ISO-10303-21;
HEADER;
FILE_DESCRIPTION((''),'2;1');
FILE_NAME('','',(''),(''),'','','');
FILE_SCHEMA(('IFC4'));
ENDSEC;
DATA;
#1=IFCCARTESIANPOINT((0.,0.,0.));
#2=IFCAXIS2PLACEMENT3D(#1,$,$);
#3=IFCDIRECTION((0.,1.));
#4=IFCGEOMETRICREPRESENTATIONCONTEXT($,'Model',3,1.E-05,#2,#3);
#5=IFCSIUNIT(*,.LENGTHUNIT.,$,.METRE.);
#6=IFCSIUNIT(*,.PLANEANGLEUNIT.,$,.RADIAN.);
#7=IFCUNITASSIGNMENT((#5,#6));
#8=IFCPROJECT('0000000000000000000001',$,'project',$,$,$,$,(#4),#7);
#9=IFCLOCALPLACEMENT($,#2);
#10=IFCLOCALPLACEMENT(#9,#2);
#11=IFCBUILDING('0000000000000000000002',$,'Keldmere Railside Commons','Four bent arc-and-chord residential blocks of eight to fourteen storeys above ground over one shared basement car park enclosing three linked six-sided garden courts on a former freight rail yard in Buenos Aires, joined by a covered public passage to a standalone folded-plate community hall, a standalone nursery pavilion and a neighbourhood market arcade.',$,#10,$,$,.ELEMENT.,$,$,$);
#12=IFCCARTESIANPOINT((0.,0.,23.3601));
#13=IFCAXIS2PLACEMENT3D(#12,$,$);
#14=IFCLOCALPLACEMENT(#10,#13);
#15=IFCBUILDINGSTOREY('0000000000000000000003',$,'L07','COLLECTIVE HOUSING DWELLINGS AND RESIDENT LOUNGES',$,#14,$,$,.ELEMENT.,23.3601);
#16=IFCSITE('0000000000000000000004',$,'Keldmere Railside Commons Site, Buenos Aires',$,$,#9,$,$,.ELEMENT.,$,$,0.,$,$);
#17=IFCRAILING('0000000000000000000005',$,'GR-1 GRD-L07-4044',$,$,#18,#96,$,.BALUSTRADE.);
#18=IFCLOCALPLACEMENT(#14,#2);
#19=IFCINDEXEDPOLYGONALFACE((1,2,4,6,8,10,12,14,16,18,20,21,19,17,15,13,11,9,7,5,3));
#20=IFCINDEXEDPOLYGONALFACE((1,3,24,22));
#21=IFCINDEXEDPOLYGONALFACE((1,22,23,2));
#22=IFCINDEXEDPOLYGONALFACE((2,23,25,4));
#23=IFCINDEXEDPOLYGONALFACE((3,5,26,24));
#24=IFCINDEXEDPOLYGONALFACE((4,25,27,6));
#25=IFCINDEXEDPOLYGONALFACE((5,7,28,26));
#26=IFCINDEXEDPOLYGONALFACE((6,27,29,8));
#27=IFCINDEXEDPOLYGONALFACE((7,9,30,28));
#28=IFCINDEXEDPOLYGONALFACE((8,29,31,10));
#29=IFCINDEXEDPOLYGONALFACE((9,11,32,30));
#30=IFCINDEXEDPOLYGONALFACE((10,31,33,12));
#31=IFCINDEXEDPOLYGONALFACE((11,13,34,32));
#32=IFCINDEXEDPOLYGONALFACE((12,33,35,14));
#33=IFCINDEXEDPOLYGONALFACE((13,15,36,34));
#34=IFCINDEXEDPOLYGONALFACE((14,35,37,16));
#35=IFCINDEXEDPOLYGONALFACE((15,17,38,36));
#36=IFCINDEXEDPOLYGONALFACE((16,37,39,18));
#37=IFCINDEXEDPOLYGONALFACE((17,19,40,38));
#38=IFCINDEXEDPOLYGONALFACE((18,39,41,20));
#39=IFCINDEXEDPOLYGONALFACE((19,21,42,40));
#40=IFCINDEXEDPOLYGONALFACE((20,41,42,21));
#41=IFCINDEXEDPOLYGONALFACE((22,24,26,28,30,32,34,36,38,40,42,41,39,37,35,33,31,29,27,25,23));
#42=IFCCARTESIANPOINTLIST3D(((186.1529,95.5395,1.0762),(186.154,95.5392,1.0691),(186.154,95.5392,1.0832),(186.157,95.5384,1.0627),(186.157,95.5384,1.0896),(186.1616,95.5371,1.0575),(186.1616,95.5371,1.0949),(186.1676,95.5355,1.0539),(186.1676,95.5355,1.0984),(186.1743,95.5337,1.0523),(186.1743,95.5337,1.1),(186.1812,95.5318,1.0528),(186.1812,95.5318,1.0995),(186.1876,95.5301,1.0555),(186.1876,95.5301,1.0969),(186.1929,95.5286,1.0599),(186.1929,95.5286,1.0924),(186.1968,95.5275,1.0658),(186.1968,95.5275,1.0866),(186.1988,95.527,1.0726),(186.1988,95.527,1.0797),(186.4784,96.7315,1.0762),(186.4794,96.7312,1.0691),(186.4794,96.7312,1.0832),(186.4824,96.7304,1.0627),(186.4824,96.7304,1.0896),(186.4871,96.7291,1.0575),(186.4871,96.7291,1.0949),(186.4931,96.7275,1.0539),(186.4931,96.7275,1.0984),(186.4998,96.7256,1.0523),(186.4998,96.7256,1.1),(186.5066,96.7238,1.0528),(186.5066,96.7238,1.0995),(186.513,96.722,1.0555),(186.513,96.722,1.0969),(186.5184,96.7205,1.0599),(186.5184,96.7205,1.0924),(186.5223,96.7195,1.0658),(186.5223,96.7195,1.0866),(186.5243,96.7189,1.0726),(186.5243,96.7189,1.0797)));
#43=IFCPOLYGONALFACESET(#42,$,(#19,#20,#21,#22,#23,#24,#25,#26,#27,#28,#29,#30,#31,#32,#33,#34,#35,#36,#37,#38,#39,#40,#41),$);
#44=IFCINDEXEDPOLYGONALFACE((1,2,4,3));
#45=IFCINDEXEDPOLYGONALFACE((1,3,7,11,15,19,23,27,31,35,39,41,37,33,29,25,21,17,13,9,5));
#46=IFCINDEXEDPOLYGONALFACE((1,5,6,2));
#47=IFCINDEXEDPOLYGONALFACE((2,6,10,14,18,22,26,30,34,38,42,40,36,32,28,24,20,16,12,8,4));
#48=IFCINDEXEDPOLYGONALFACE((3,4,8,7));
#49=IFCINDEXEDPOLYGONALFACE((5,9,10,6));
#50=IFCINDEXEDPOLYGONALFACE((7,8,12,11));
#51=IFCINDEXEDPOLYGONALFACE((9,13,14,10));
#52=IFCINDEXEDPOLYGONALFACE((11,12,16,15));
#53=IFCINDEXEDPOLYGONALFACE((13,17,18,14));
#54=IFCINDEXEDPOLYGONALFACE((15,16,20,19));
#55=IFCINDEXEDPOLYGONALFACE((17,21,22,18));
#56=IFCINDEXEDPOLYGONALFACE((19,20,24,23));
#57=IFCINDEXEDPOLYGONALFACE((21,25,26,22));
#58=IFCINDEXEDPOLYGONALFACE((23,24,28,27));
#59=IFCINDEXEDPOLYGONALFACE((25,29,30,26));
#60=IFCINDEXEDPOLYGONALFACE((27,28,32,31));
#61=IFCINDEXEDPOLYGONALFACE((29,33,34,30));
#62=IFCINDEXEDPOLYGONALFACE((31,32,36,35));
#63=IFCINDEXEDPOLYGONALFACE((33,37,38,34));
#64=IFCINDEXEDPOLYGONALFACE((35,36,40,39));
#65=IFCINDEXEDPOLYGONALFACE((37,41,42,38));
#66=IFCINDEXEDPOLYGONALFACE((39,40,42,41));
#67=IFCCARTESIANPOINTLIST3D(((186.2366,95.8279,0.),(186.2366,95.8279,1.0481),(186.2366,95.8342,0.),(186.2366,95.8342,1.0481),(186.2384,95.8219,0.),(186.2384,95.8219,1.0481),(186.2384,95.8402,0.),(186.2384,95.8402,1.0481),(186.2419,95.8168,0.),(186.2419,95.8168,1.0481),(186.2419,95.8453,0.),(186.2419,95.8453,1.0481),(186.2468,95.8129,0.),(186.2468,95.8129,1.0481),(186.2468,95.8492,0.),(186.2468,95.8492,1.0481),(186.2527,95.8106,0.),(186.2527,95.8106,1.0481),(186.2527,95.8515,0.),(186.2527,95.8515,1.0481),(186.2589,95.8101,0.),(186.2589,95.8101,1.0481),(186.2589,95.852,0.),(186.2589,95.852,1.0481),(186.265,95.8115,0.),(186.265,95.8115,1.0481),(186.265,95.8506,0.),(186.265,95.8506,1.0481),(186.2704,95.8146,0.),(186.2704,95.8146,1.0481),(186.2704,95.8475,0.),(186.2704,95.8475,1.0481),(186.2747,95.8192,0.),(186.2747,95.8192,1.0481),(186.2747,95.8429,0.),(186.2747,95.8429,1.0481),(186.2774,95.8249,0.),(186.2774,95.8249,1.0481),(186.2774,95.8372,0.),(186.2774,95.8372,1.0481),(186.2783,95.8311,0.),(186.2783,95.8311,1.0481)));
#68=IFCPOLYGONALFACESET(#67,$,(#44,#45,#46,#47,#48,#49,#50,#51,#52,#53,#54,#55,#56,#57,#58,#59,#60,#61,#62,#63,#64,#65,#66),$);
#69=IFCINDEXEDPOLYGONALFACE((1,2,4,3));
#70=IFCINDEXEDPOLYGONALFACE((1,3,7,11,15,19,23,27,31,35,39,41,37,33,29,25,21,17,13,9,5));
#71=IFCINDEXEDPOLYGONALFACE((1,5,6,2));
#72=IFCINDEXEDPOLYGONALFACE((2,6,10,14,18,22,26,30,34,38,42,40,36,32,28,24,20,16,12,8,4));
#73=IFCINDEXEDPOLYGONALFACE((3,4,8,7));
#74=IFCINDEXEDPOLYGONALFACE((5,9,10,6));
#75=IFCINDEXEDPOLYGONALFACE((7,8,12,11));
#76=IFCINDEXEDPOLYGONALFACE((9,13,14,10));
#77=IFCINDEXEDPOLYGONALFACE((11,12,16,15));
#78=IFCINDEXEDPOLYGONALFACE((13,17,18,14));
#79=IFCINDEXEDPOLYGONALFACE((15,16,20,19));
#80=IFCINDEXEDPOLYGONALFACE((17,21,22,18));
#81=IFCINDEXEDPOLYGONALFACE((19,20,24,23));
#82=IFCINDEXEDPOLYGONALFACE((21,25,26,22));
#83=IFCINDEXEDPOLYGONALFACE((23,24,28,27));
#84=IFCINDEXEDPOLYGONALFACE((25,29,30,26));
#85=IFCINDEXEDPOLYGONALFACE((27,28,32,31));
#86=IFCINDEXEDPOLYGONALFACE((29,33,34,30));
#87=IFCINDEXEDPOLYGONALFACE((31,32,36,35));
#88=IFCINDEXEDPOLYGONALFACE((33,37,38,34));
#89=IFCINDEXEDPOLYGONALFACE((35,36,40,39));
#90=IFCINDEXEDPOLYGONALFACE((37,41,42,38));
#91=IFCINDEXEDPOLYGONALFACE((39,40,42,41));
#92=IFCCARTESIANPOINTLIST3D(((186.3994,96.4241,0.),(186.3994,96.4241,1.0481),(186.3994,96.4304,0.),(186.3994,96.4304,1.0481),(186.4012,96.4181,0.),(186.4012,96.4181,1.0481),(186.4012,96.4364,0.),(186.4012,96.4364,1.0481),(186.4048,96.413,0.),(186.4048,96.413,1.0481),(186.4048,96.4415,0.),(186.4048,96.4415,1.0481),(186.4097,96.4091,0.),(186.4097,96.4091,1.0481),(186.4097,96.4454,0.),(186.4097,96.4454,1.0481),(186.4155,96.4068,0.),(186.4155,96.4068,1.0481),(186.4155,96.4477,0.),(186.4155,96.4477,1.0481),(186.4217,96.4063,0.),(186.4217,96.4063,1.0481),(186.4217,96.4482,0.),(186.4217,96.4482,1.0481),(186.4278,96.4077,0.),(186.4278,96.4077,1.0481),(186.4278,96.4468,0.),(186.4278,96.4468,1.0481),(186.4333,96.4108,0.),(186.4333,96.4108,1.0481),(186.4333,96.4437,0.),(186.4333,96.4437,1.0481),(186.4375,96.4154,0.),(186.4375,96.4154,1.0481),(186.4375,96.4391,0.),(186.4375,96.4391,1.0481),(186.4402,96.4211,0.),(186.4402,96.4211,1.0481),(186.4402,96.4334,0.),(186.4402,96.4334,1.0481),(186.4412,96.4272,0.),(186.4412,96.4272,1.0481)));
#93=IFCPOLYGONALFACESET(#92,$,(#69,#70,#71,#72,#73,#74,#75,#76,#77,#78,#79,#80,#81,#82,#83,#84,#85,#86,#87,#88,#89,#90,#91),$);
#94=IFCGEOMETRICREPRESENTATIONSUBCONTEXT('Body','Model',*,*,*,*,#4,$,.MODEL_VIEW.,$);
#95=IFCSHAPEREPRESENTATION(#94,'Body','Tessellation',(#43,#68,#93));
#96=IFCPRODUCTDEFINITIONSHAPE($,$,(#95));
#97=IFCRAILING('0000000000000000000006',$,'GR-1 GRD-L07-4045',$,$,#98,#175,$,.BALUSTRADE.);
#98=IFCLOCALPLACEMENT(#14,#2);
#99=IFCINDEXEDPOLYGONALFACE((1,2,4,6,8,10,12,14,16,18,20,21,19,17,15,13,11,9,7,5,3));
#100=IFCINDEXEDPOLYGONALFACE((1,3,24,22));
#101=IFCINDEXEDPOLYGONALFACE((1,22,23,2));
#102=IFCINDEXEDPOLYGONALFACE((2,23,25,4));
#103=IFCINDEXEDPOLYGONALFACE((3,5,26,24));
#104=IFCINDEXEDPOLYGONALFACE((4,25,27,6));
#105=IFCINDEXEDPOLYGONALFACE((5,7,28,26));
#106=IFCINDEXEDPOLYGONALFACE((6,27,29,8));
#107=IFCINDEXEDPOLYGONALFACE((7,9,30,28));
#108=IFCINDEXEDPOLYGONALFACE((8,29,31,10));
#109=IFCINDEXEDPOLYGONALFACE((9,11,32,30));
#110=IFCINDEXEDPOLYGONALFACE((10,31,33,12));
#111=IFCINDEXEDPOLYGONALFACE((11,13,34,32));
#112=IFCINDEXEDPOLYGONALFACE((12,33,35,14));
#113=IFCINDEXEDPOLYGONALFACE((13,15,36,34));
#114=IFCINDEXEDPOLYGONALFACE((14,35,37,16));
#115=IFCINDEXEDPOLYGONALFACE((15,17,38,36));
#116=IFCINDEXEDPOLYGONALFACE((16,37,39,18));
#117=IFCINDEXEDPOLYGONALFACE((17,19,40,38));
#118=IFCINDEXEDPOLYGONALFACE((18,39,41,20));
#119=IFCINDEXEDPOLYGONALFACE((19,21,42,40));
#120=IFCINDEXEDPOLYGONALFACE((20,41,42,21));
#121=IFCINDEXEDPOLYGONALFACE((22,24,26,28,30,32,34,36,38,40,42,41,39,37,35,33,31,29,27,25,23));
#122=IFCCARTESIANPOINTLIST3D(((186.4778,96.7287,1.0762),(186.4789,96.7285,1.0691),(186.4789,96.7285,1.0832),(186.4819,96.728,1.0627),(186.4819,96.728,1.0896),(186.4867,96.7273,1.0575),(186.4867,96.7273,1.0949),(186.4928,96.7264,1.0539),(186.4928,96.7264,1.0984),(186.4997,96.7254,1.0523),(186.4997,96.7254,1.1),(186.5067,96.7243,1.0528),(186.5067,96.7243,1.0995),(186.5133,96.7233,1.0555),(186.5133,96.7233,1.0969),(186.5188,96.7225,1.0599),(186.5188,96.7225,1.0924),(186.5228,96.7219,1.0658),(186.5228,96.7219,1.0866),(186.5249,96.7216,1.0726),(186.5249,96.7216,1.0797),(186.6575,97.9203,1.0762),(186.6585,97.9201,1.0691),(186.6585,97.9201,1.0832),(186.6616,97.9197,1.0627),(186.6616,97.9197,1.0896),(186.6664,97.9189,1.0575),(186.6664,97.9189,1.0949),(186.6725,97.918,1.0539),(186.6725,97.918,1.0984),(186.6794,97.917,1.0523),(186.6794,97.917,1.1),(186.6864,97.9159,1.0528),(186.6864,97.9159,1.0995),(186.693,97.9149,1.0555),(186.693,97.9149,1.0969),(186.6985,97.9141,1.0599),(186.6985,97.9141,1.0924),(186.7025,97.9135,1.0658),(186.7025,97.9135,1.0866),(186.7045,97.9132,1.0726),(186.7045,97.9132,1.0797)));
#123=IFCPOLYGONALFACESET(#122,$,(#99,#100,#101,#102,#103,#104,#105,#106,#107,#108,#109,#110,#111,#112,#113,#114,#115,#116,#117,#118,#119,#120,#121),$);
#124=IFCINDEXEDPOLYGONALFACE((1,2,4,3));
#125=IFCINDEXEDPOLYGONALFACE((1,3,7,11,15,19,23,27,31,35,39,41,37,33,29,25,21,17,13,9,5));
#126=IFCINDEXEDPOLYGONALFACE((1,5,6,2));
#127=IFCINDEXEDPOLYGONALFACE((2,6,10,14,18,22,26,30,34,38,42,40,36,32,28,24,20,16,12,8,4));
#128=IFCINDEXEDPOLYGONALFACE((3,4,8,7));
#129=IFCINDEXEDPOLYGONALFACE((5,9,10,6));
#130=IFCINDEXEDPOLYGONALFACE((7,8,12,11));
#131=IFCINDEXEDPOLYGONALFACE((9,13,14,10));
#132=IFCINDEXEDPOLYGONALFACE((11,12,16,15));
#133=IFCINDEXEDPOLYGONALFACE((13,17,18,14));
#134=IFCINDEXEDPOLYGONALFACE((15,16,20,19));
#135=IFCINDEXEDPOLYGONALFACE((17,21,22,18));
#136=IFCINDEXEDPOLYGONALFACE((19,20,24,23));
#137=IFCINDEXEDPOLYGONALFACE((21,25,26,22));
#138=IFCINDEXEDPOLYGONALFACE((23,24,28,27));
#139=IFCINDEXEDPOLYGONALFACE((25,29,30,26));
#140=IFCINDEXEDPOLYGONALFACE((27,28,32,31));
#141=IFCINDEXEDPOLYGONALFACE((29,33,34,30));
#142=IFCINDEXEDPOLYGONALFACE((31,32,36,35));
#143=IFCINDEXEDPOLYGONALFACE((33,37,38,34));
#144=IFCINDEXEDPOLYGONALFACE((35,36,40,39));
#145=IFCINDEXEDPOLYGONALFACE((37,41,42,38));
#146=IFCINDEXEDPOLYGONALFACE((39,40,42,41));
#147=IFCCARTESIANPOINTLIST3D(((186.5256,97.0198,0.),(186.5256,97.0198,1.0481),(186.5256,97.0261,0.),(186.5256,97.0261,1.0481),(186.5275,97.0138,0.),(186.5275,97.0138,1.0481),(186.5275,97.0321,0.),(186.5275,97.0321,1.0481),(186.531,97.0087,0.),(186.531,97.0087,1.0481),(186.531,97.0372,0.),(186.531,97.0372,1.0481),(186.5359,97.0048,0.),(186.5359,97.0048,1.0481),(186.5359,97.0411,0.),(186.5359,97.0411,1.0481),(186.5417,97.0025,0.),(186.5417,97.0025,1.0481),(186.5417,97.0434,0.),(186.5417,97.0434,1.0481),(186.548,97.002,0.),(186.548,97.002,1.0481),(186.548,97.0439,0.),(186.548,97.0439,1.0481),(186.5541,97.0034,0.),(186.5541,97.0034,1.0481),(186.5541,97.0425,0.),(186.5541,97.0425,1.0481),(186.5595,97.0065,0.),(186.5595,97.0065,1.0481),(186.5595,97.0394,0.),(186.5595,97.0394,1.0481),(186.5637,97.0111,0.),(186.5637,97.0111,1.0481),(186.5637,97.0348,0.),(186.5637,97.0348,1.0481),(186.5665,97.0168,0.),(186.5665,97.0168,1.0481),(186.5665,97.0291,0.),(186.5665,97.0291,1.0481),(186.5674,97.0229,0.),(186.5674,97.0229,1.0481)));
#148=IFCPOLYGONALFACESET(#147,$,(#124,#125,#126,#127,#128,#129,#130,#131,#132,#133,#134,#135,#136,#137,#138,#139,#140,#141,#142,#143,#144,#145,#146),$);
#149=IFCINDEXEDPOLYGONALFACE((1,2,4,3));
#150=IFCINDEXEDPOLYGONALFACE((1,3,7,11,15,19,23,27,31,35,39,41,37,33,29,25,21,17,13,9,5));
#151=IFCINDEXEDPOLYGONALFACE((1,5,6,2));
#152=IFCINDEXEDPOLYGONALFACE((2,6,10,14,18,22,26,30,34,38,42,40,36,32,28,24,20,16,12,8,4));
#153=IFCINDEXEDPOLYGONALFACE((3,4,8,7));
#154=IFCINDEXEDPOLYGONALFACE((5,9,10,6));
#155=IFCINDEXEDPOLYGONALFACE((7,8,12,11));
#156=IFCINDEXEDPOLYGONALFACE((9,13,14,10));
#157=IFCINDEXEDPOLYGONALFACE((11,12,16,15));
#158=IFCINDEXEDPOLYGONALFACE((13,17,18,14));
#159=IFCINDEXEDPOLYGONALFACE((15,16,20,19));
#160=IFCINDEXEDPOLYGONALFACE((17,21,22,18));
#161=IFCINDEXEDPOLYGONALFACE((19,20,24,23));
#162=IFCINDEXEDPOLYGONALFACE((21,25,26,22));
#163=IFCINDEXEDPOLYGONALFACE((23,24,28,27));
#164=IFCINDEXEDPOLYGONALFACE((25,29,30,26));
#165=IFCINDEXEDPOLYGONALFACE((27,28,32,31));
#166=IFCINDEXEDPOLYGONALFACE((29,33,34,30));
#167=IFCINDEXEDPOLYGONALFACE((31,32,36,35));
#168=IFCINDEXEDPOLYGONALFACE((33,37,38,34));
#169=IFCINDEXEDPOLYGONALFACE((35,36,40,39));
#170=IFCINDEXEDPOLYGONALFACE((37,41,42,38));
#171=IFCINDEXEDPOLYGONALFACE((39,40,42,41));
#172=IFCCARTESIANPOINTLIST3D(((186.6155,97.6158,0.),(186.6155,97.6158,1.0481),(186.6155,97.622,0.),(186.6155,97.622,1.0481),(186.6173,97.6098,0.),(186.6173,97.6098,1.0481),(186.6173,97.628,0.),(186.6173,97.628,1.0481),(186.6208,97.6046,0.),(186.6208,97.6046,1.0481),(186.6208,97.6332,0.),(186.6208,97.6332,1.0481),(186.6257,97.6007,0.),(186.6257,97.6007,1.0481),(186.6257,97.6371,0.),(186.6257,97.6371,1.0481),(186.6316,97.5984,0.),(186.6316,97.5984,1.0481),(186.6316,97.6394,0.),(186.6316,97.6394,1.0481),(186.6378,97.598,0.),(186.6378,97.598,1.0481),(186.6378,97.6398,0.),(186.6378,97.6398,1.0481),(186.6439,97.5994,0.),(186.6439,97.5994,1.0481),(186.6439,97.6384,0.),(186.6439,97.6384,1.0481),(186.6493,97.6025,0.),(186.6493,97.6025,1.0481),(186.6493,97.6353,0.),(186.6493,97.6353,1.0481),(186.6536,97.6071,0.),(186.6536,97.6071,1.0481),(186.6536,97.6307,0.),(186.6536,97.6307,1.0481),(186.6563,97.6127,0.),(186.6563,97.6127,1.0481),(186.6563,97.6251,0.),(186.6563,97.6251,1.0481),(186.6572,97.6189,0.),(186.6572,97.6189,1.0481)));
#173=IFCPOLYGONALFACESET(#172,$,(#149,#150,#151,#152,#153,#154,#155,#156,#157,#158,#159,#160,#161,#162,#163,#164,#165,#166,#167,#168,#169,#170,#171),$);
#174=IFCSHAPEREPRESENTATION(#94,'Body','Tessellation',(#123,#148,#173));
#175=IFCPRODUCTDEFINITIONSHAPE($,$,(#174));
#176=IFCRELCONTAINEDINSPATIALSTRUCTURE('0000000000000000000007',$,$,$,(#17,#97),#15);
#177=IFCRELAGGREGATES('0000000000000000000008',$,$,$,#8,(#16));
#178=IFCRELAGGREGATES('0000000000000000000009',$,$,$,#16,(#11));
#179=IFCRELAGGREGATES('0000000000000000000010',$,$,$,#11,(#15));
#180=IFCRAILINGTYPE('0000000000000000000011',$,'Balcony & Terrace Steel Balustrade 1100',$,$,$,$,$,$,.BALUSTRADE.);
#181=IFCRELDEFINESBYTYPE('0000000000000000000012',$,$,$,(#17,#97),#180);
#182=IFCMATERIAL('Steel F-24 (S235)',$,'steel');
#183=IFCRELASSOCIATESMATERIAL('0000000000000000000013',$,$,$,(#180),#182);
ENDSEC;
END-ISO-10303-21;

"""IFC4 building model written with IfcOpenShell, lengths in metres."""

from ifc_helpers import new_model, si_unit, direction, frame, origin, origin_2d, place, context, subcontext, project, spatial, circle, extrude, material, type_object, element, save


model = new_model("IFC4")

# Units and contexts
model_context = context("Model", 3, precision=1e-05, world=origin(), true_north=direction((0.0, 1.0)))
body_context = subcontext(model_context, "Body", "Model", "MODEL_VIEW")
ifc_project = project(units=[si_unit("LENGTHUNIT", "METRE"), si_unit("PLANEANGLEUNIT", "RADIAN")], contexts=[model_context])

# Site, building, storey
site_placement = place(None, origin())
site = spatial("IfcSite", under=ifc_project, at=site_placement, Name="Keldmere Railside Commons Site, Buenos Aires", CompositionType="ELEMENT", RefElevation=0.0)
building_placement = place(site_placement, origin())
building = spatial("IfcBuilding", under=site, at=building_placement, Name="Keldmere Railside Commons", Description="Four bent arc-and-chord residential blocks of eight to fourteen storeys above ground over one shared basement car park enclosing three linked six-sided garden courts on a former freight rail yard in Buenos Aires, joined by a covered public passage to a standalone folded-plate community hall, a standalone nursery pavilion and a neighbourhood market arcade.", CompositionType="ELEMENT")
storey_placement = place(building_placement, frame((0.0, 0.0, 23.3601)))
storey = spatial("IfcBuildingStorey", under=building, at=storey_placement, Name="L07", Description="COLLECTIVE HOUSING DWELLINGS AND RESIDENT LOUNGES", CompositionType="ELEMENT", Elevation=23.3601)

# Railings
ifc_material_1 = material(Name="Steel F-24 (S235)", Category="steel")
railing_type = type_object("IfcRailingType", Name="Balcony & Terrace Steel Balustrade 1100", PredefinedType="BALUSTRADE", material=ifc_material_1)
railing_1_placement = place(storey_placement, frame((186.176, 95.5332, 0.0)))
element("IfcRailing", 1, at=railing_1_placement, inside=storey, type_object=railing_type, Name="GR-1 GRD-L07-4044", PredefinedType="BALUSTRADE", context=body_context, shape_type="SweptSolid", body=[
    extrude(circle(Radius=0.0239, at=origin_2d()), frame((0.0, 0.0, 1.0762), z_axis=(0.263402, 0.964686, 0.0), x_axis=(-0.964686, 0.263402, 0.0)), (0.0, 0.0, 1.0), 1.2356),
    extrude(circle(Radius=0.021, at=origin_2d()), frame((0.0813, 0.2979, 0.0)), (0.0, 0.0, 1.0), 1.0481),
    extrude(circle(Radius=0.021, at=origin_2d()), frame((0.2441, 0.894, 0.0)), (0.0, 0.0, 1.0), 1.0481),
])
railing_2_placement = place(storey_placement, frame((186.5015, 96.7251, 0.0)))
element("IfcRailing", 2, at=railing_2_placement, inside=storey, type_object=railing_type, Name="GR-1 GRD-L07-4045", PredefinedType="BALUSTRADE", context=body_context, shape_type="SweptSolid", body=[
    extrude(circle(Radius=0.0239, at=origin_2d()), frame((0.0, 0.0, 1.0762), z_axis=(0.149103, 0.988822, 0.0), x_axis=(-0.988822, 0.149103, 0.0)), (0.0, 0.0, 1.0), 1.2051),
    extrude(circle(Radius=0.021, at=origin_2d()), frame((0.0449, 0.2979, 0.0)), (0.0, 0.0, 1.0), 1.0481),
    extrude(circle(Radius=0.021, at=origin_2d()), frame((0.1348, 0.8938, 0.0)), (0.0, 0.0, 1.0), 1.0481),
])

save(model, "model.ifc")
